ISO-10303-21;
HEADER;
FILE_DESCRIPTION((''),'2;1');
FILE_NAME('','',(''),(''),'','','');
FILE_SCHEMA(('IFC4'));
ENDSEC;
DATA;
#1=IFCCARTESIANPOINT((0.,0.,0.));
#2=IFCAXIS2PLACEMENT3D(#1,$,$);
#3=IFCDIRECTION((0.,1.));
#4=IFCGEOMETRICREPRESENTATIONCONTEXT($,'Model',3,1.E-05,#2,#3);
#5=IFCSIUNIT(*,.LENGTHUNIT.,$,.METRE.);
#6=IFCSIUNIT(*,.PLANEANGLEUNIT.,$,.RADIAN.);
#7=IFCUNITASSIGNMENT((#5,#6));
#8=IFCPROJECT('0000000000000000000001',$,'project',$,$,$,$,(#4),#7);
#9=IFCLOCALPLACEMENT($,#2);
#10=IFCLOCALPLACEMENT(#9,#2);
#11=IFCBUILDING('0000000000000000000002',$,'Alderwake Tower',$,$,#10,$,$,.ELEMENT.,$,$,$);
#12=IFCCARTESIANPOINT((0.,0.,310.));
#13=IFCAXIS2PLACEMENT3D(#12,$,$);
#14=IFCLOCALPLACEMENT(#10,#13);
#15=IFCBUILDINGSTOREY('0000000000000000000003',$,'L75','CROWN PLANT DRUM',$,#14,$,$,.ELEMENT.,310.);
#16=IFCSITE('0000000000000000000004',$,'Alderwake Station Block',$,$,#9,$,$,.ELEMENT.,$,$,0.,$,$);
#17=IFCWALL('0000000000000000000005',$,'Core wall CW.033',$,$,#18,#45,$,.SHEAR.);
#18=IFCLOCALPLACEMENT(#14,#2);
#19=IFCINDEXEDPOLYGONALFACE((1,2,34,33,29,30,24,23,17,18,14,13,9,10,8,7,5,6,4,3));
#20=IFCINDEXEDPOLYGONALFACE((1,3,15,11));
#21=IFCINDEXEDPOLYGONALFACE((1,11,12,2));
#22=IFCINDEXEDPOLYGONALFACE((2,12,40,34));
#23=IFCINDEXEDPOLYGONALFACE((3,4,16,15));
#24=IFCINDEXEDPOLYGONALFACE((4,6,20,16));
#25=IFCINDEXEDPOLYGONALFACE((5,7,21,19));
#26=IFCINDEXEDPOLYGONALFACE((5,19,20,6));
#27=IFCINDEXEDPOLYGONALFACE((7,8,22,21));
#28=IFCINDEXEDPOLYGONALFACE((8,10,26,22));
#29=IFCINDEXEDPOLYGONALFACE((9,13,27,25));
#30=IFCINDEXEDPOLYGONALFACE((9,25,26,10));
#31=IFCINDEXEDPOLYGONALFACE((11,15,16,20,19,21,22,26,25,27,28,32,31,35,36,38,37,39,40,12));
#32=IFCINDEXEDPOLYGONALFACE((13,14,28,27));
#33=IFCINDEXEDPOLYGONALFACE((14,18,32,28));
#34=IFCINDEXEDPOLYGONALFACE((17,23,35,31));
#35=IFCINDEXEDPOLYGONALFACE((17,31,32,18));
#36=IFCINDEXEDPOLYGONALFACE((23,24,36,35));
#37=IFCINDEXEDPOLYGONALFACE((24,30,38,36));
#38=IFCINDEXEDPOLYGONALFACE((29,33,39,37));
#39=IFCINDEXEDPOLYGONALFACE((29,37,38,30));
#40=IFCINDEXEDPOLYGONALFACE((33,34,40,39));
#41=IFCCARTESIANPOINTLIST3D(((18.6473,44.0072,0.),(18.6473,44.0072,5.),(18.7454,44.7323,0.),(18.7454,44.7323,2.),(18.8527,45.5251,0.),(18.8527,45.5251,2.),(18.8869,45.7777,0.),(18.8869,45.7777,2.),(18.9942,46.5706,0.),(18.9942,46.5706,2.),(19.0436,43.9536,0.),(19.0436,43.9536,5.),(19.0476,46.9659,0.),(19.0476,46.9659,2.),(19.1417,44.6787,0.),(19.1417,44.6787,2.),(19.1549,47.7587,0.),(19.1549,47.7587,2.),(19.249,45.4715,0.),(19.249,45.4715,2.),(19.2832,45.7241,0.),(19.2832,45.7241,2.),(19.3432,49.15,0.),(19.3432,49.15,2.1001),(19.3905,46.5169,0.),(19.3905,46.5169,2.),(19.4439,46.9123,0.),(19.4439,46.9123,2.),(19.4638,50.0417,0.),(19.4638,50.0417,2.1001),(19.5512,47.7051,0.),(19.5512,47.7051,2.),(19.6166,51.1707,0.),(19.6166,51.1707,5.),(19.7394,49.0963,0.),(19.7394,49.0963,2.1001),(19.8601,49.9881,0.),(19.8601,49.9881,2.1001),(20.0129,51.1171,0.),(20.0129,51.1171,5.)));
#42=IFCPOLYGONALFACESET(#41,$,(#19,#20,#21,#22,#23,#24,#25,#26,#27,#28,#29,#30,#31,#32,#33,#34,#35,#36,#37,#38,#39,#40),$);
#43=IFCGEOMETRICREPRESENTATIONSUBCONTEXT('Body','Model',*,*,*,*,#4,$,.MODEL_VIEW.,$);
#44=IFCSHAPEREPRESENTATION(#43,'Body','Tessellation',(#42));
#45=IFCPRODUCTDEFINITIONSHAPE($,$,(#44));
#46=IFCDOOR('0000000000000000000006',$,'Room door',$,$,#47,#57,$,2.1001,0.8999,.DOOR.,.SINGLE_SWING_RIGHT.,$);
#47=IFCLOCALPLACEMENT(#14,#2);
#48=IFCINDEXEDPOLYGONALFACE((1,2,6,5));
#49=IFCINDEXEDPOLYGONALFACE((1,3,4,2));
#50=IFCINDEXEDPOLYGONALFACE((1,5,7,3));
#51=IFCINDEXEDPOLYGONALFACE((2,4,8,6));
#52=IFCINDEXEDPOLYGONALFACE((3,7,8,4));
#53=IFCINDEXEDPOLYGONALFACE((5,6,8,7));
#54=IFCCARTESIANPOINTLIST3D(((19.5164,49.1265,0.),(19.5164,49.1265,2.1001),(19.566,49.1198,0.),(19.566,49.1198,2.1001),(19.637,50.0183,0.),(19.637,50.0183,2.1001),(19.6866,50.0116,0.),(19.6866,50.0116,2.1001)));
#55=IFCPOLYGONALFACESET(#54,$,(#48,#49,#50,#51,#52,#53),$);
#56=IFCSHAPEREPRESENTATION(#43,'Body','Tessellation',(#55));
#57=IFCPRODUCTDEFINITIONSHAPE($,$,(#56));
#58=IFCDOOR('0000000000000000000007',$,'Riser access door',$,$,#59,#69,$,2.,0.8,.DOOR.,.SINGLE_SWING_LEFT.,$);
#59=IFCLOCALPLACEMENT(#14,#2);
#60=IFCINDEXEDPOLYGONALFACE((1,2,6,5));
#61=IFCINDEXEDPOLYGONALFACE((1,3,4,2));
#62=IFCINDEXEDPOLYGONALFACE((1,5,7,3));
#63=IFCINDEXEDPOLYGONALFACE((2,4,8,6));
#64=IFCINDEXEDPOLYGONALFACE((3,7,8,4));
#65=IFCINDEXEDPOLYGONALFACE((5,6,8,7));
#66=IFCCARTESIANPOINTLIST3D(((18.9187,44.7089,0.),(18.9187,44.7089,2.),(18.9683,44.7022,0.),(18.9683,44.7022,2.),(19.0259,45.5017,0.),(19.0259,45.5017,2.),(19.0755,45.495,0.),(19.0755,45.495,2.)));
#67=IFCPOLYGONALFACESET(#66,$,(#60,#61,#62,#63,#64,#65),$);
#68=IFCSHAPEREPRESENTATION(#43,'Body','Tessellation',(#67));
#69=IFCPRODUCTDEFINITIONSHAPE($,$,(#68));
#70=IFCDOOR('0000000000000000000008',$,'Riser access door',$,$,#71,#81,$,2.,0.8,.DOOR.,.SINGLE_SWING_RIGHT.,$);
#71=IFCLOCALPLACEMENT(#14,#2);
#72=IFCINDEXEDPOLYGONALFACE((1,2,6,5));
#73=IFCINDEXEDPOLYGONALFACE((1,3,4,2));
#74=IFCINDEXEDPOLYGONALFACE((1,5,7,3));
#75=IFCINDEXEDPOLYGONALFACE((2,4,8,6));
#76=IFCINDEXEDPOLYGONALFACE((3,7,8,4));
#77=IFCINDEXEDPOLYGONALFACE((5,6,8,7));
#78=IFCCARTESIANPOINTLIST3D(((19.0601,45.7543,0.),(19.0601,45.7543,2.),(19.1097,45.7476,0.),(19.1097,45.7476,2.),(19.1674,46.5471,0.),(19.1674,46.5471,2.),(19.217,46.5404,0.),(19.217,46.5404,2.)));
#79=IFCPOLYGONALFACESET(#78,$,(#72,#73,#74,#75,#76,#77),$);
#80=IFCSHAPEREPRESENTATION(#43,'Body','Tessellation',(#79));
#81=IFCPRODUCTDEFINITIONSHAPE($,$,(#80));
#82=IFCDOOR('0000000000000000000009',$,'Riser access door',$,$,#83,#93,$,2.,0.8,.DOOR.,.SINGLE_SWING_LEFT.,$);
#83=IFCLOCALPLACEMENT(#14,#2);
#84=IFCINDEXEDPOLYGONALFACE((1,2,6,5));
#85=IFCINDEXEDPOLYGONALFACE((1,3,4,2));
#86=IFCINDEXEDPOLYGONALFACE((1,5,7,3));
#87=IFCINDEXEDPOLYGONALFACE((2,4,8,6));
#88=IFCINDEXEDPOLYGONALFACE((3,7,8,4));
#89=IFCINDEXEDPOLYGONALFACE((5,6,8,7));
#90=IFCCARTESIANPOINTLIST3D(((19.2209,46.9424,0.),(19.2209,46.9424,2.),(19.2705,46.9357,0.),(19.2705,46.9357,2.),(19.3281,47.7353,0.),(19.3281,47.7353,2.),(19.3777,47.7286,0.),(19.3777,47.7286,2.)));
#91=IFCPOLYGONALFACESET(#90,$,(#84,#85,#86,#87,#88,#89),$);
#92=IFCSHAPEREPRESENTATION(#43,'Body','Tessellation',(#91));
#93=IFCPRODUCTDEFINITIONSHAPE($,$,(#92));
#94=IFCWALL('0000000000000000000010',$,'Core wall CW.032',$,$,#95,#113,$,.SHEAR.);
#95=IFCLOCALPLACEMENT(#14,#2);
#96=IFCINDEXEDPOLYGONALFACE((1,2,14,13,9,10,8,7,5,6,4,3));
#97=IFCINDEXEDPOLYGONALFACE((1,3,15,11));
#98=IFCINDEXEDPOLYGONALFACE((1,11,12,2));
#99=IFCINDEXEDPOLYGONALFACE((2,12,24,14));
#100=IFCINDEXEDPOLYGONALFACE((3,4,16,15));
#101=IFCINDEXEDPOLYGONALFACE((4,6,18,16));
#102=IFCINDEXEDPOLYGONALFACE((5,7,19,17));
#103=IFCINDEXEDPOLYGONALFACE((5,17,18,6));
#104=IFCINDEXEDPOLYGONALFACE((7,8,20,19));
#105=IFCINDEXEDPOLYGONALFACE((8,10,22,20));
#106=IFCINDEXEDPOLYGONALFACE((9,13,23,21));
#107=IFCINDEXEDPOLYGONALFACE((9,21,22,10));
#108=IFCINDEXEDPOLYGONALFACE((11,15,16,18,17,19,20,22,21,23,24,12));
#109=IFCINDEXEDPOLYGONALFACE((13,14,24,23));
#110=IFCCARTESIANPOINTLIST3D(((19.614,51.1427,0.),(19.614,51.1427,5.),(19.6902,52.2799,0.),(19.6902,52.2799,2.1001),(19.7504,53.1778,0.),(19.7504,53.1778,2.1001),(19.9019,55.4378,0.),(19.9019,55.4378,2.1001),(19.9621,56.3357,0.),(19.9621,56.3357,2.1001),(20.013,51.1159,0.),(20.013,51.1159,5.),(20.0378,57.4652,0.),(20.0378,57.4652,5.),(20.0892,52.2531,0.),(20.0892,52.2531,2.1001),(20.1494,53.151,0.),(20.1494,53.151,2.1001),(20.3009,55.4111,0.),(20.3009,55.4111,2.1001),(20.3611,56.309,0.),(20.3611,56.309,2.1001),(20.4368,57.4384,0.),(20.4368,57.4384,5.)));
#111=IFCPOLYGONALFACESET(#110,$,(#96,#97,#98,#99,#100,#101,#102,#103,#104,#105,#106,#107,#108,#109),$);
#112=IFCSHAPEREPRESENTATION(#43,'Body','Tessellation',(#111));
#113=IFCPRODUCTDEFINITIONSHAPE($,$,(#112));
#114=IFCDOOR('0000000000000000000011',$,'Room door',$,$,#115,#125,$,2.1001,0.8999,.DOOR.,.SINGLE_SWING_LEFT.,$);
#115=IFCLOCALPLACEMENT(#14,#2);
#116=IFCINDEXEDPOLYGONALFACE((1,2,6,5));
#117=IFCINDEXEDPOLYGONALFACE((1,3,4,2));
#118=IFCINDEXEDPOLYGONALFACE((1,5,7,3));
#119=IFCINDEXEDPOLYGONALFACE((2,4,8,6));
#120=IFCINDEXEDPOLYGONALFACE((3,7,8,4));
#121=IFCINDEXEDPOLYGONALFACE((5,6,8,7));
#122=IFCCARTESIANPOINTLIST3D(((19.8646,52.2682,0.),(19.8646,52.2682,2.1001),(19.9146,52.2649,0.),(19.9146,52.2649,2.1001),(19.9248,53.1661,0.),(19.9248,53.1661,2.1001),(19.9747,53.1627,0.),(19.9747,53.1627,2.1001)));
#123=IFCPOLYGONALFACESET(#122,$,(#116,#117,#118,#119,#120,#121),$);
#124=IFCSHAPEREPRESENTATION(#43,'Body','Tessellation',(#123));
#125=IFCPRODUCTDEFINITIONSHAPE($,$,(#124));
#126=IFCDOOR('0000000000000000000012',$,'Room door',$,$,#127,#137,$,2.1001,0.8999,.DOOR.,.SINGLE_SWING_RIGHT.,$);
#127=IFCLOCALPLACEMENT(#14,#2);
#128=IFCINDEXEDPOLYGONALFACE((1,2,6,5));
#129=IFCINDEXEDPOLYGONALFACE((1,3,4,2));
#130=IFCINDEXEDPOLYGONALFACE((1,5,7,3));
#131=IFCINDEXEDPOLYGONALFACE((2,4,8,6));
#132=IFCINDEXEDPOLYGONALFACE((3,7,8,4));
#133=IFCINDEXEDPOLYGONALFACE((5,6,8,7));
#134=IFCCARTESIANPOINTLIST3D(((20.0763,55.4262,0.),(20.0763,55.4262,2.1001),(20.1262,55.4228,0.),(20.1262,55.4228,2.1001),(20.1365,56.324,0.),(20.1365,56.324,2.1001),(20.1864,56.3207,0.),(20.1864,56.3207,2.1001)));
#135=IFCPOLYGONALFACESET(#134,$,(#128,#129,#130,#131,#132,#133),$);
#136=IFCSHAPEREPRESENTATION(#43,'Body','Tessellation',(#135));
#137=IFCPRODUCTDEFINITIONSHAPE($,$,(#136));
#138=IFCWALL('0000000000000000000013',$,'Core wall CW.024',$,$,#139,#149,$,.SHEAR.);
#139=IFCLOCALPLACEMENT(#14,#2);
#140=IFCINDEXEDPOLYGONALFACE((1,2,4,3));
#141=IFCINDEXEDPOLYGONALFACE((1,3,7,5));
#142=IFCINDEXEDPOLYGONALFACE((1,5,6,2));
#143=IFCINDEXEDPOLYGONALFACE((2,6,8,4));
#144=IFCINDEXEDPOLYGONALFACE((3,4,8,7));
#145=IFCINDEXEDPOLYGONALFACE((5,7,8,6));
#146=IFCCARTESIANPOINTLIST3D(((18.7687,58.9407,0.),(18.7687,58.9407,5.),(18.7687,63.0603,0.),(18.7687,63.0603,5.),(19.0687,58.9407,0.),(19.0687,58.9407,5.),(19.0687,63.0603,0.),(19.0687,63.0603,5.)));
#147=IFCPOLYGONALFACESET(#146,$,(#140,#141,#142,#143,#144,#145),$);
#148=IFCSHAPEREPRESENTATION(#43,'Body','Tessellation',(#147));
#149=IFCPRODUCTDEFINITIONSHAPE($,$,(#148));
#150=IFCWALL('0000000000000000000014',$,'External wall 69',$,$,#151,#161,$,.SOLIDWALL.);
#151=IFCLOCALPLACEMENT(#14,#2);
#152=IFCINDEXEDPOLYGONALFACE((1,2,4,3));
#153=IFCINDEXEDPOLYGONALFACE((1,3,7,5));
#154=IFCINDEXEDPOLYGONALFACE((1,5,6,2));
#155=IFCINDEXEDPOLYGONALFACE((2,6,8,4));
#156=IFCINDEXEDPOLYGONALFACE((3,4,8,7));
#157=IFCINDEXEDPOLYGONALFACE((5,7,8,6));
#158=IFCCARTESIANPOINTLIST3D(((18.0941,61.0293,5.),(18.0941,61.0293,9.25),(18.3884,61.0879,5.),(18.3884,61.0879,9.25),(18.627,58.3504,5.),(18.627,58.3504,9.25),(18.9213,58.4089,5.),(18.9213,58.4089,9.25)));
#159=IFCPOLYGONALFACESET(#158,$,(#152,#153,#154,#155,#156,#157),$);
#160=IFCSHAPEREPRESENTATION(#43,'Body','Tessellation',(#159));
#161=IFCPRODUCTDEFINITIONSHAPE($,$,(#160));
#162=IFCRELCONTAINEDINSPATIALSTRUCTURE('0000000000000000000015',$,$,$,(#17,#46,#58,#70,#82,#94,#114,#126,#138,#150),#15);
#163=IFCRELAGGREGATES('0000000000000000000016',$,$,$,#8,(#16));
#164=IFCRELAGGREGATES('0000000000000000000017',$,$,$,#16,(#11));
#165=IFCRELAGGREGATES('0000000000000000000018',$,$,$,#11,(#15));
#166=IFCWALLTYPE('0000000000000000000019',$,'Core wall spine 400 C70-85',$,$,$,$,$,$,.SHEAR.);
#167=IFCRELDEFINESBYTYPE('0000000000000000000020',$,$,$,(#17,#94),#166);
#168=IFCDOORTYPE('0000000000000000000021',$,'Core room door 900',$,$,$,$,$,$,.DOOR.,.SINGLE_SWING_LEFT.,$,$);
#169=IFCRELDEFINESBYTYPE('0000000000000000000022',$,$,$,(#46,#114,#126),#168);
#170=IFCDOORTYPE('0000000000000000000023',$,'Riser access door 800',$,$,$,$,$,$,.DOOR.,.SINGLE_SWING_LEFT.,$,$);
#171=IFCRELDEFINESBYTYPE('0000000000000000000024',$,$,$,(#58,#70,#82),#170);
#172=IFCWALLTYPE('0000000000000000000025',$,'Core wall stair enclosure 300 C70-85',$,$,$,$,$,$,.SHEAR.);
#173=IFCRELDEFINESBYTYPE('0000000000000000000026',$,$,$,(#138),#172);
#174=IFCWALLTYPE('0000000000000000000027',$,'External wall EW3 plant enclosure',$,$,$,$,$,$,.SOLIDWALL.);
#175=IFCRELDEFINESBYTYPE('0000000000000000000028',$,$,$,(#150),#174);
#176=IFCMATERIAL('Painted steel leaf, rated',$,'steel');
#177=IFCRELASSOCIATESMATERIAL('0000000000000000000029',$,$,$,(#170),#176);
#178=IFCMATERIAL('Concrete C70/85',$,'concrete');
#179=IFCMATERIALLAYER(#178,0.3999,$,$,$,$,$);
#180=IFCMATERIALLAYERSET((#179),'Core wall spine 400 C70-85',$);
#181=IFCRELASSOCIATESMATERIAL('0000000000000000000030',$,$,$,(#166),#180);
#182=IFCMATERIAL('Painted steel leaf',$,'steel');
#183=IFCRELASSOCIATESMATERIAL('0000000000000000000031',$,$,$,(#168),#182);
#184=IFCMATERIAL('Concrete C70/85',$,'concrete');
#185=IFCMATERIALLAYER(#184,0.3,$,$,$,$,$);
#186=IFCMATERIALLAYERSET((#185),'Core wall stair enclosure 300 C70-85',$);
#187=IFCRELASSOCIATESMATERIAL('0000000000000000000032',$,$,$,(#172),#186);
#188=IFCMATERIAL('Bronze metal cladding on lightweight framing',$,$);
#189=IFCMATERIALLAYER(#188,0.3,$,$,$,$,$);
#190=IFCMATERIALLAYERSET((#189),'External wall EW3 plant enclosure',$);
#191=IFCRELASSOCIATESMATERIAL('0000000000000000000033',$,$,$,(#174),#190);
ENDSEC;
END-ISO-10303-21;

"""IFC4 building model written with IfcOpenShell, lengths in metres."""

from ifc_helpers import new_model, si_unit, direction, frame, frame_2d, origin, place, context, subcontext, project, spatial, rectangle, extrude, material, layer, layer_set, type_object, element, fill, save


model = new_model("IFC4")

# Units and contexts
model_context = context("Model", 3, precision=1e-05, world=origin(), true_north=direction((0.0, 1.0)))
body_context = subcontext(model_context, "Body", "Model", "MODEL_VIEW")
ifc_project = project(units=[si_unit("LENGTHUNIT", "METRE"), si_unit("PLANEANGLEUNIT", "RADIAN")], contexts=[model_context])

# Site, building, storey
site_placement = place(None, origin())
site = spatial("IfcSite", under=ifc_project, at=site_placement, Name="Alderwake Station Block", CompositionType="ELEMENT", RefElevation=0.0)
building_placement = place(site_placement, origin())
building = spatial("IfcBuilding", under=site, at=building_placement, Name="Alderwake Tower", CompositionType="ELEMENT")
storey_placement = place(building_placement, frame((0.0, 0.0, 310.0)))
storey = spatial("IfcBuildingStorey", under=building, at=storey_placement, Name="L75", Description="CROWN PLANT DRUM", CompositionType="ELEMENT", Elevation=310.0)

# Shared definitions
ifc_material_1 = material(Name="Painted steel leaf, rated", Category="steel")
door_type_1 = type_object("IfcDoorType", Name="Riser access door 800", OperationType="SINGLE_SWING_LEFT", PredefinedType="DOOR", material=ifc_material_1)

# Walls, openings, doors
ifc_material_2 = material(Name="Concrete C70/85", Category="concrete")
ifc_layer_1 = layer(ifc_material_2, 0.3999)
ifc_layer_set_1 = layer_set([ifc_layer_1], Name="Core wall spine 400 C70-85")
wall_type_1 = type_object("IfcWallType", Name="Core wall spine 400 C70-85", PredefinedType="SHEAR", material=ifc_layer_set_1)
wall_1_placement = place(storey_placement, frame((19.8147, 51.1438, 0.0), z_axis=(0.0, 0.0, 1.0), x_axis=(-0.134079, -0.990971, 0.0)))
wall_1 = element("IfcWall", 1, at=wall_1_placement, inside=storey, type_object=wall_type_1, Name="Core wall CW.033", PredefinedType="SHEAR", context=body_context, shape_type="SweptSolid", body=[
    extrude(rectangle(XDim=7.2288, YDim=0.3999, at=frame_2d((3.6143, 0.0))), origin(), (0.0, 0.0, 1.0), 5.0),
])
opening_1_placement = place(wall_1_placement, frame((5.697, 0.0, 0.0)))
opening_1 = element("IfcOpeningElement", 2, at=opening_1_placement, cuts=wall_1, PredefinedType="OPENING", context=body_context, shape_type="SweptSolid", body=[
    extrude(rectangle(XDim=0.8, YDim=2.0, at=frame_2d((0.3999, 1.0))), frame((0.0, 0.21, 0.0), z_axis=(0.0, -1.0, 0.0), x_axis=(1.0, 0.0, 0.0)), (0.0, 0.0, 1.0), 0.4199),
])
opening_2_placement = place(wall_1_placement, frame((4.6421, 0.0, 0.0)))
opening_2 = element("IfcOpeningElement", 3, at=opening_2_placement, cuts=wall_1, PredefinedType="OPENING", context=body_context, shape_type="SweptSolid", body=[
    extrude(rectangle(XDim=0.8, YDim=2.0, at=frame_2d((0.3999, 1.0))), frame((0.0, 0.21, 0.0), z_axis=(0.0, -1.0, 0.0), x_axis=(1.0, 0.0, 0.0)), (0.0, 0.0, 1.0), 0.4199),
])
opening_3_placement = place(wall_1_placement, frame((3.4431, 0.0, 0.0)))
opening_3 = element("IfcOpeningElement", 4, at=opening_3_placement, cuts=wall_1, PredefinedType="OPENING", context=body_context, shape_type="SweptSolid", body=[
    extrude(rectangle(XDim=0.8, YDim=2.0, at=frame_2d((0.3999, 1.0))), frame((0.0, 0.21, 0.0), z_axis=(0.0, -1.0, 0.0), x_axis=(1.0, 0.0, 0.0)), (0.0, 0.0, 1.0), 0.4199),
])
opening_4_placement = place(wall_1_placement, frame((1.1392, 0.0, 0.0)))
opening_4 = element("IfcOpeningElement", 5, at=opening_4_placement, cuts=wall_1, PredefinedType="OPENING", context=body_context, shape_type="SweptSolid", body=[
    extrude(rectangle(XDim=0.8999, YDim=2.1001, at=frame_2d((0.45, 1.05))), frame((0.0, 0.21, 0.0), z_axis=(0.0, -1.0, 0.0), x_axis=(1.0, 0.0, 0.0)), (0.0, 0.0, 1.0), 0.4199),
])
ifc_material_3 = material(Name="Painted steel leaf", Category="steel")
door_type_2 = type_object("IfcDoorType", Name="Core room door 900", OperationType="SINGLE_SWING_LEFT", PredefinedType="DOOR", material=ifc_material_3)
door_1_placement = place(opening_4_placement, origin())
door_1 = element("IfcDoor", 6, at=door_1_placement, inside=storey, type_object=door_type_2, Name="Room door", OperationType="SINGLE_SWING_RIGHT", OverallHeight=2.1001, OverallWidth=0.8999, PredefinedType="DOOR", context=body_context, shape_type="SweptSolid", body=[
    extrude(rectangle(XDim=0.8999, YDim=2.1001, at=frame_2d((0.45, 1.05))), frame((0.0, 0.0249, 0.0), z_axis=(0.0, -1.0, 0.0), x_axis=(1.0, 0.0, 0.0)), (0.0, 0.0, 1.0), 0.05),
])
fill(opening_4, door_1)
door_2_placement = place(opening_1_placement, origin())
door_2 = element("IfcDoor", 7, at=door_2_placement, inside=storey, type_object=door_type_1, Name="Riser access door", OperationType="SINGLE_SWING_LEFT", OverallHeight=2.0, OverallWidth=0.8, PredefinedType="DOOR", context=body_context, shape_type="SweptSolid", body=[
    extrude(rectangle(XDim=0.8, YDim=2.0, at=frame_2d((0.3999, 1.0))), frame((0.0, 0.0249, 0.0), z_axis=(0.0, -1.0, 0.0), x_axis=(1.0, 0.0, 0.0)), (0.0, 0.0, 1.0), 0.05),
])
fill(opening_1, door_2)
door_3_placement = place(opening_2_placement, origin())
door_3 = element("IfcDoor", 8, at=door_3_placement, inside=storey, type_object=door_type_1, Name="Riser access door", OperationType="SINGLE_SWING_RIGHT", OverallHeight=2.0, OverallWidth=0.8, PredefinedType="DOOR", context=body_context, shape_type="SweptSolid", body=[
    extrude(rectangle(XDim=0.8, YDim=2.0, at=frame_2d((0.3999, 1.0))), frame((0.0, 0.0249, 0.0), z_axis=(0.0, -1.0, 0.0), x_axis=(1.0, 0.0, 0.0)), (0.0, 0.0, 1.0), 0.05),
])
fill(opening_2, door_3)
door_4_placement = place(opening_3_placement, origin())
door_4 = element("IfcDoor", 9, at=door_4_placement, inside=storey, type_object=door_type_1, Name="Riser access door", OperationType="SINGLE_SWING_LEFT", OverallHeight=2.0, OverallWidth=0.8, PredefinedType="DOOR", context=body_context, shape_type="SweptSolid", body=[
    extrude(rectangle(XDim=0.8, YDim=2.0, at=frame_2d((0.3999, 1.0))), frame((0.0, 0.0249, 0.0), z_axis=(0.0, -1.0, 0.0), x_axis=(1.0, 0.0, 0.0)), (0.0, 0.0, 1.0), 0.05),
])
fill(opening_3, door_4)
wall_2_placement = place(storey_placement, frame((20.2373, 57.4519, 0.0), z_axis=(0.0, 0.0, 1.0), x_axis=(-0.066885, -0.997761, 0.0)))
wall_2 = element("IfcWall", 10, at=wall_2_placement, inside=storey, type_object=wall_type_1, Name="Core wall CW.032", PredefinedType="SHEAR", context=body_context, shape_type="SweptSolid", body=[
    extrude(rectangle(XDim=6.3367, YDim=0.3999, at=frame_2d((3.1685, 0.0))), origin(), (0.0, 0.0, 1.0), 5.0),
])
opening_5_placement = place(wall_2_placement, frame((4.2971, 0.0, 0.0)))
opening_5 = element("IfcOpeningElement", 11, at=opening_5_placement, cuts=wall_2, PredefinedType="OPENING", context=body_context, shape_type="SweptSolid", body=[
    extrude(rectangle(XDim=0.8999, YDim=2.1001, at=frame_2d((0.45, 1.05))), frame((0.0, 0.21, 0.0), z_axis=(0.0, -1.0, 0.0), x_axis=(1.0, 0.0, 0.0)), (0.0, 0.0, 1.0), 0.4199),
])
opening_6_placement = place(wall_2_placement, frame((1.1321, 0.0, 0.0)))
opening_6 = element("IfcOpeningElement", 12, at=opening_6_placement, cuts=wall_2, PredefinedType="OPENING", context=body_context, shape_type="SweptSolid", body=[
    extrude(rectangle(XDim=0.8999, YDim=2.1001, at=frame_2d((0.45, 1.05))), frame((0.0, 0.21, 0.0), z_axis=(0.0, -1.0, 0.0), x_axis=(1.0, 0.0, 0.0)), (0.0, 0.0, 1.0), 0.4199),
])
door_5_placement = place(opening_5_placement, origin())
door_5 = element("IfcDoor", 13, at=door_5_placement, inside=storey, type_object=door_type_2, Name="Room door", OperationType="SINGLE_SWING_LEFT", OverallHeight=2.1001, OverallWidth=0.8999, PredefinedType="DOOR", context=body_context, shape_type="SweptSolid", body=[
    extrude(rectangle(XDim=0.8999, YDim=2.1001, at=frame_2d((0.45, 1.05))), frame((0.0, 0.0249, 0.0), z_axis=(0.0, -1.0, 0.0), x_axis=(1.0, 0.0, 0.0)), (0.0, 0.0, 1.0), 0.05),
])
fill(opening_5, door_5)
door_6_placement = place(opening_6_placement, origin())
door_6 = element("IfcDoor", 14, at=door_6_placement, inside=storey, type_object=door_type_2, Name="Room door", OperationType="SINGLE_SWING_RIGHT", OverallHeight=2.1001, OverallWidth=0.8999, PredefinedType="DOOR", context=body_context, shape_type="SweptSolid", body=[
    extrude(rectangle(XDim=0.8999, YDim=2.1001, at=frame_2d((0.45, 1.05))), frame((0.0, 0.0249, 0.0), z_axis=(0.0, -1.0, 0.0), x_axis=(1.0, 0.0, 0.0)), (0.0, 0.0, 1.0), 0.05),
])
fill(opening_6, door_6)

# Walls
ifc_material_4 = material(Name="Concrete C70/85", Category="concrete")
ifc_layer_2 = layer(ifc_material_4, 0.3)
ifc_layer_set_2 = layer_set([ifc_layer_2], Name="Core wall stair enclosure 300 C70-85")
wall_type_2 = type_object("IfcWallType", Name="Core wall stair enclosure 300 C70-85", PredefinedType="SHEAR", material=ifc_layer_set_2)
wall_3_placement = place(storey_placement, frame((18.9187, 58.9407, 0.0), z_axis=(0.0, 0.0, 1.0), x_axis=(0.0, 1.0, 0.0)))
element("IfcWall", 15, at=wall_3_placement, inside=storey, type_object=wall_type_2, Name="Core wall CW.024", PredefinedType="SHEAR", context=body_context, shape_type="SweptSolid", body=[
    extrude(rectangle(XDim=4.1196, YDim=0.3, at=frame_2d((2.0598, 0.0))), origin(), (0.0, 0.0, 1.0), 5.0),
])
ifc_material_5 = material(Name="Bronze metal cladding on lightweight framing")
ifc_layer_3 = layer(ifc_material_5, 0.3)
ifc_layer_set_3 = layer_set([ifc_layer_3], Name="External wall EW3 plant enclosure")
wall_type_3 = type_object("IfcWallType", Name="External wall EW3 plant enclosure", PredefinedType="SOLIDWALL", material=ifc_layer_set_3)
wall_4_placement = place(storey_placement, frame((18.2412, 61.0586, 5.0), z_axis=(0.0, 0.0, 1.0), x_axis=(0.195119, -0.98078, 0.0)))
element("IfcWall", 16, at=wall_4_placement, inside=storey, type_object=wall_type_3, Name="External wall 69", PredefinedType="SOLIDWALL", context=body_context, shape_type="SweptSolid", body=[
    extrude(rectangle(XDim=2.7314, YDim=0.3, at=frame_2d((1.3657, 0.0))), origin(), (0.0, 0.0, 1.0), 4.25),
])

save(model, "model.ifc")
